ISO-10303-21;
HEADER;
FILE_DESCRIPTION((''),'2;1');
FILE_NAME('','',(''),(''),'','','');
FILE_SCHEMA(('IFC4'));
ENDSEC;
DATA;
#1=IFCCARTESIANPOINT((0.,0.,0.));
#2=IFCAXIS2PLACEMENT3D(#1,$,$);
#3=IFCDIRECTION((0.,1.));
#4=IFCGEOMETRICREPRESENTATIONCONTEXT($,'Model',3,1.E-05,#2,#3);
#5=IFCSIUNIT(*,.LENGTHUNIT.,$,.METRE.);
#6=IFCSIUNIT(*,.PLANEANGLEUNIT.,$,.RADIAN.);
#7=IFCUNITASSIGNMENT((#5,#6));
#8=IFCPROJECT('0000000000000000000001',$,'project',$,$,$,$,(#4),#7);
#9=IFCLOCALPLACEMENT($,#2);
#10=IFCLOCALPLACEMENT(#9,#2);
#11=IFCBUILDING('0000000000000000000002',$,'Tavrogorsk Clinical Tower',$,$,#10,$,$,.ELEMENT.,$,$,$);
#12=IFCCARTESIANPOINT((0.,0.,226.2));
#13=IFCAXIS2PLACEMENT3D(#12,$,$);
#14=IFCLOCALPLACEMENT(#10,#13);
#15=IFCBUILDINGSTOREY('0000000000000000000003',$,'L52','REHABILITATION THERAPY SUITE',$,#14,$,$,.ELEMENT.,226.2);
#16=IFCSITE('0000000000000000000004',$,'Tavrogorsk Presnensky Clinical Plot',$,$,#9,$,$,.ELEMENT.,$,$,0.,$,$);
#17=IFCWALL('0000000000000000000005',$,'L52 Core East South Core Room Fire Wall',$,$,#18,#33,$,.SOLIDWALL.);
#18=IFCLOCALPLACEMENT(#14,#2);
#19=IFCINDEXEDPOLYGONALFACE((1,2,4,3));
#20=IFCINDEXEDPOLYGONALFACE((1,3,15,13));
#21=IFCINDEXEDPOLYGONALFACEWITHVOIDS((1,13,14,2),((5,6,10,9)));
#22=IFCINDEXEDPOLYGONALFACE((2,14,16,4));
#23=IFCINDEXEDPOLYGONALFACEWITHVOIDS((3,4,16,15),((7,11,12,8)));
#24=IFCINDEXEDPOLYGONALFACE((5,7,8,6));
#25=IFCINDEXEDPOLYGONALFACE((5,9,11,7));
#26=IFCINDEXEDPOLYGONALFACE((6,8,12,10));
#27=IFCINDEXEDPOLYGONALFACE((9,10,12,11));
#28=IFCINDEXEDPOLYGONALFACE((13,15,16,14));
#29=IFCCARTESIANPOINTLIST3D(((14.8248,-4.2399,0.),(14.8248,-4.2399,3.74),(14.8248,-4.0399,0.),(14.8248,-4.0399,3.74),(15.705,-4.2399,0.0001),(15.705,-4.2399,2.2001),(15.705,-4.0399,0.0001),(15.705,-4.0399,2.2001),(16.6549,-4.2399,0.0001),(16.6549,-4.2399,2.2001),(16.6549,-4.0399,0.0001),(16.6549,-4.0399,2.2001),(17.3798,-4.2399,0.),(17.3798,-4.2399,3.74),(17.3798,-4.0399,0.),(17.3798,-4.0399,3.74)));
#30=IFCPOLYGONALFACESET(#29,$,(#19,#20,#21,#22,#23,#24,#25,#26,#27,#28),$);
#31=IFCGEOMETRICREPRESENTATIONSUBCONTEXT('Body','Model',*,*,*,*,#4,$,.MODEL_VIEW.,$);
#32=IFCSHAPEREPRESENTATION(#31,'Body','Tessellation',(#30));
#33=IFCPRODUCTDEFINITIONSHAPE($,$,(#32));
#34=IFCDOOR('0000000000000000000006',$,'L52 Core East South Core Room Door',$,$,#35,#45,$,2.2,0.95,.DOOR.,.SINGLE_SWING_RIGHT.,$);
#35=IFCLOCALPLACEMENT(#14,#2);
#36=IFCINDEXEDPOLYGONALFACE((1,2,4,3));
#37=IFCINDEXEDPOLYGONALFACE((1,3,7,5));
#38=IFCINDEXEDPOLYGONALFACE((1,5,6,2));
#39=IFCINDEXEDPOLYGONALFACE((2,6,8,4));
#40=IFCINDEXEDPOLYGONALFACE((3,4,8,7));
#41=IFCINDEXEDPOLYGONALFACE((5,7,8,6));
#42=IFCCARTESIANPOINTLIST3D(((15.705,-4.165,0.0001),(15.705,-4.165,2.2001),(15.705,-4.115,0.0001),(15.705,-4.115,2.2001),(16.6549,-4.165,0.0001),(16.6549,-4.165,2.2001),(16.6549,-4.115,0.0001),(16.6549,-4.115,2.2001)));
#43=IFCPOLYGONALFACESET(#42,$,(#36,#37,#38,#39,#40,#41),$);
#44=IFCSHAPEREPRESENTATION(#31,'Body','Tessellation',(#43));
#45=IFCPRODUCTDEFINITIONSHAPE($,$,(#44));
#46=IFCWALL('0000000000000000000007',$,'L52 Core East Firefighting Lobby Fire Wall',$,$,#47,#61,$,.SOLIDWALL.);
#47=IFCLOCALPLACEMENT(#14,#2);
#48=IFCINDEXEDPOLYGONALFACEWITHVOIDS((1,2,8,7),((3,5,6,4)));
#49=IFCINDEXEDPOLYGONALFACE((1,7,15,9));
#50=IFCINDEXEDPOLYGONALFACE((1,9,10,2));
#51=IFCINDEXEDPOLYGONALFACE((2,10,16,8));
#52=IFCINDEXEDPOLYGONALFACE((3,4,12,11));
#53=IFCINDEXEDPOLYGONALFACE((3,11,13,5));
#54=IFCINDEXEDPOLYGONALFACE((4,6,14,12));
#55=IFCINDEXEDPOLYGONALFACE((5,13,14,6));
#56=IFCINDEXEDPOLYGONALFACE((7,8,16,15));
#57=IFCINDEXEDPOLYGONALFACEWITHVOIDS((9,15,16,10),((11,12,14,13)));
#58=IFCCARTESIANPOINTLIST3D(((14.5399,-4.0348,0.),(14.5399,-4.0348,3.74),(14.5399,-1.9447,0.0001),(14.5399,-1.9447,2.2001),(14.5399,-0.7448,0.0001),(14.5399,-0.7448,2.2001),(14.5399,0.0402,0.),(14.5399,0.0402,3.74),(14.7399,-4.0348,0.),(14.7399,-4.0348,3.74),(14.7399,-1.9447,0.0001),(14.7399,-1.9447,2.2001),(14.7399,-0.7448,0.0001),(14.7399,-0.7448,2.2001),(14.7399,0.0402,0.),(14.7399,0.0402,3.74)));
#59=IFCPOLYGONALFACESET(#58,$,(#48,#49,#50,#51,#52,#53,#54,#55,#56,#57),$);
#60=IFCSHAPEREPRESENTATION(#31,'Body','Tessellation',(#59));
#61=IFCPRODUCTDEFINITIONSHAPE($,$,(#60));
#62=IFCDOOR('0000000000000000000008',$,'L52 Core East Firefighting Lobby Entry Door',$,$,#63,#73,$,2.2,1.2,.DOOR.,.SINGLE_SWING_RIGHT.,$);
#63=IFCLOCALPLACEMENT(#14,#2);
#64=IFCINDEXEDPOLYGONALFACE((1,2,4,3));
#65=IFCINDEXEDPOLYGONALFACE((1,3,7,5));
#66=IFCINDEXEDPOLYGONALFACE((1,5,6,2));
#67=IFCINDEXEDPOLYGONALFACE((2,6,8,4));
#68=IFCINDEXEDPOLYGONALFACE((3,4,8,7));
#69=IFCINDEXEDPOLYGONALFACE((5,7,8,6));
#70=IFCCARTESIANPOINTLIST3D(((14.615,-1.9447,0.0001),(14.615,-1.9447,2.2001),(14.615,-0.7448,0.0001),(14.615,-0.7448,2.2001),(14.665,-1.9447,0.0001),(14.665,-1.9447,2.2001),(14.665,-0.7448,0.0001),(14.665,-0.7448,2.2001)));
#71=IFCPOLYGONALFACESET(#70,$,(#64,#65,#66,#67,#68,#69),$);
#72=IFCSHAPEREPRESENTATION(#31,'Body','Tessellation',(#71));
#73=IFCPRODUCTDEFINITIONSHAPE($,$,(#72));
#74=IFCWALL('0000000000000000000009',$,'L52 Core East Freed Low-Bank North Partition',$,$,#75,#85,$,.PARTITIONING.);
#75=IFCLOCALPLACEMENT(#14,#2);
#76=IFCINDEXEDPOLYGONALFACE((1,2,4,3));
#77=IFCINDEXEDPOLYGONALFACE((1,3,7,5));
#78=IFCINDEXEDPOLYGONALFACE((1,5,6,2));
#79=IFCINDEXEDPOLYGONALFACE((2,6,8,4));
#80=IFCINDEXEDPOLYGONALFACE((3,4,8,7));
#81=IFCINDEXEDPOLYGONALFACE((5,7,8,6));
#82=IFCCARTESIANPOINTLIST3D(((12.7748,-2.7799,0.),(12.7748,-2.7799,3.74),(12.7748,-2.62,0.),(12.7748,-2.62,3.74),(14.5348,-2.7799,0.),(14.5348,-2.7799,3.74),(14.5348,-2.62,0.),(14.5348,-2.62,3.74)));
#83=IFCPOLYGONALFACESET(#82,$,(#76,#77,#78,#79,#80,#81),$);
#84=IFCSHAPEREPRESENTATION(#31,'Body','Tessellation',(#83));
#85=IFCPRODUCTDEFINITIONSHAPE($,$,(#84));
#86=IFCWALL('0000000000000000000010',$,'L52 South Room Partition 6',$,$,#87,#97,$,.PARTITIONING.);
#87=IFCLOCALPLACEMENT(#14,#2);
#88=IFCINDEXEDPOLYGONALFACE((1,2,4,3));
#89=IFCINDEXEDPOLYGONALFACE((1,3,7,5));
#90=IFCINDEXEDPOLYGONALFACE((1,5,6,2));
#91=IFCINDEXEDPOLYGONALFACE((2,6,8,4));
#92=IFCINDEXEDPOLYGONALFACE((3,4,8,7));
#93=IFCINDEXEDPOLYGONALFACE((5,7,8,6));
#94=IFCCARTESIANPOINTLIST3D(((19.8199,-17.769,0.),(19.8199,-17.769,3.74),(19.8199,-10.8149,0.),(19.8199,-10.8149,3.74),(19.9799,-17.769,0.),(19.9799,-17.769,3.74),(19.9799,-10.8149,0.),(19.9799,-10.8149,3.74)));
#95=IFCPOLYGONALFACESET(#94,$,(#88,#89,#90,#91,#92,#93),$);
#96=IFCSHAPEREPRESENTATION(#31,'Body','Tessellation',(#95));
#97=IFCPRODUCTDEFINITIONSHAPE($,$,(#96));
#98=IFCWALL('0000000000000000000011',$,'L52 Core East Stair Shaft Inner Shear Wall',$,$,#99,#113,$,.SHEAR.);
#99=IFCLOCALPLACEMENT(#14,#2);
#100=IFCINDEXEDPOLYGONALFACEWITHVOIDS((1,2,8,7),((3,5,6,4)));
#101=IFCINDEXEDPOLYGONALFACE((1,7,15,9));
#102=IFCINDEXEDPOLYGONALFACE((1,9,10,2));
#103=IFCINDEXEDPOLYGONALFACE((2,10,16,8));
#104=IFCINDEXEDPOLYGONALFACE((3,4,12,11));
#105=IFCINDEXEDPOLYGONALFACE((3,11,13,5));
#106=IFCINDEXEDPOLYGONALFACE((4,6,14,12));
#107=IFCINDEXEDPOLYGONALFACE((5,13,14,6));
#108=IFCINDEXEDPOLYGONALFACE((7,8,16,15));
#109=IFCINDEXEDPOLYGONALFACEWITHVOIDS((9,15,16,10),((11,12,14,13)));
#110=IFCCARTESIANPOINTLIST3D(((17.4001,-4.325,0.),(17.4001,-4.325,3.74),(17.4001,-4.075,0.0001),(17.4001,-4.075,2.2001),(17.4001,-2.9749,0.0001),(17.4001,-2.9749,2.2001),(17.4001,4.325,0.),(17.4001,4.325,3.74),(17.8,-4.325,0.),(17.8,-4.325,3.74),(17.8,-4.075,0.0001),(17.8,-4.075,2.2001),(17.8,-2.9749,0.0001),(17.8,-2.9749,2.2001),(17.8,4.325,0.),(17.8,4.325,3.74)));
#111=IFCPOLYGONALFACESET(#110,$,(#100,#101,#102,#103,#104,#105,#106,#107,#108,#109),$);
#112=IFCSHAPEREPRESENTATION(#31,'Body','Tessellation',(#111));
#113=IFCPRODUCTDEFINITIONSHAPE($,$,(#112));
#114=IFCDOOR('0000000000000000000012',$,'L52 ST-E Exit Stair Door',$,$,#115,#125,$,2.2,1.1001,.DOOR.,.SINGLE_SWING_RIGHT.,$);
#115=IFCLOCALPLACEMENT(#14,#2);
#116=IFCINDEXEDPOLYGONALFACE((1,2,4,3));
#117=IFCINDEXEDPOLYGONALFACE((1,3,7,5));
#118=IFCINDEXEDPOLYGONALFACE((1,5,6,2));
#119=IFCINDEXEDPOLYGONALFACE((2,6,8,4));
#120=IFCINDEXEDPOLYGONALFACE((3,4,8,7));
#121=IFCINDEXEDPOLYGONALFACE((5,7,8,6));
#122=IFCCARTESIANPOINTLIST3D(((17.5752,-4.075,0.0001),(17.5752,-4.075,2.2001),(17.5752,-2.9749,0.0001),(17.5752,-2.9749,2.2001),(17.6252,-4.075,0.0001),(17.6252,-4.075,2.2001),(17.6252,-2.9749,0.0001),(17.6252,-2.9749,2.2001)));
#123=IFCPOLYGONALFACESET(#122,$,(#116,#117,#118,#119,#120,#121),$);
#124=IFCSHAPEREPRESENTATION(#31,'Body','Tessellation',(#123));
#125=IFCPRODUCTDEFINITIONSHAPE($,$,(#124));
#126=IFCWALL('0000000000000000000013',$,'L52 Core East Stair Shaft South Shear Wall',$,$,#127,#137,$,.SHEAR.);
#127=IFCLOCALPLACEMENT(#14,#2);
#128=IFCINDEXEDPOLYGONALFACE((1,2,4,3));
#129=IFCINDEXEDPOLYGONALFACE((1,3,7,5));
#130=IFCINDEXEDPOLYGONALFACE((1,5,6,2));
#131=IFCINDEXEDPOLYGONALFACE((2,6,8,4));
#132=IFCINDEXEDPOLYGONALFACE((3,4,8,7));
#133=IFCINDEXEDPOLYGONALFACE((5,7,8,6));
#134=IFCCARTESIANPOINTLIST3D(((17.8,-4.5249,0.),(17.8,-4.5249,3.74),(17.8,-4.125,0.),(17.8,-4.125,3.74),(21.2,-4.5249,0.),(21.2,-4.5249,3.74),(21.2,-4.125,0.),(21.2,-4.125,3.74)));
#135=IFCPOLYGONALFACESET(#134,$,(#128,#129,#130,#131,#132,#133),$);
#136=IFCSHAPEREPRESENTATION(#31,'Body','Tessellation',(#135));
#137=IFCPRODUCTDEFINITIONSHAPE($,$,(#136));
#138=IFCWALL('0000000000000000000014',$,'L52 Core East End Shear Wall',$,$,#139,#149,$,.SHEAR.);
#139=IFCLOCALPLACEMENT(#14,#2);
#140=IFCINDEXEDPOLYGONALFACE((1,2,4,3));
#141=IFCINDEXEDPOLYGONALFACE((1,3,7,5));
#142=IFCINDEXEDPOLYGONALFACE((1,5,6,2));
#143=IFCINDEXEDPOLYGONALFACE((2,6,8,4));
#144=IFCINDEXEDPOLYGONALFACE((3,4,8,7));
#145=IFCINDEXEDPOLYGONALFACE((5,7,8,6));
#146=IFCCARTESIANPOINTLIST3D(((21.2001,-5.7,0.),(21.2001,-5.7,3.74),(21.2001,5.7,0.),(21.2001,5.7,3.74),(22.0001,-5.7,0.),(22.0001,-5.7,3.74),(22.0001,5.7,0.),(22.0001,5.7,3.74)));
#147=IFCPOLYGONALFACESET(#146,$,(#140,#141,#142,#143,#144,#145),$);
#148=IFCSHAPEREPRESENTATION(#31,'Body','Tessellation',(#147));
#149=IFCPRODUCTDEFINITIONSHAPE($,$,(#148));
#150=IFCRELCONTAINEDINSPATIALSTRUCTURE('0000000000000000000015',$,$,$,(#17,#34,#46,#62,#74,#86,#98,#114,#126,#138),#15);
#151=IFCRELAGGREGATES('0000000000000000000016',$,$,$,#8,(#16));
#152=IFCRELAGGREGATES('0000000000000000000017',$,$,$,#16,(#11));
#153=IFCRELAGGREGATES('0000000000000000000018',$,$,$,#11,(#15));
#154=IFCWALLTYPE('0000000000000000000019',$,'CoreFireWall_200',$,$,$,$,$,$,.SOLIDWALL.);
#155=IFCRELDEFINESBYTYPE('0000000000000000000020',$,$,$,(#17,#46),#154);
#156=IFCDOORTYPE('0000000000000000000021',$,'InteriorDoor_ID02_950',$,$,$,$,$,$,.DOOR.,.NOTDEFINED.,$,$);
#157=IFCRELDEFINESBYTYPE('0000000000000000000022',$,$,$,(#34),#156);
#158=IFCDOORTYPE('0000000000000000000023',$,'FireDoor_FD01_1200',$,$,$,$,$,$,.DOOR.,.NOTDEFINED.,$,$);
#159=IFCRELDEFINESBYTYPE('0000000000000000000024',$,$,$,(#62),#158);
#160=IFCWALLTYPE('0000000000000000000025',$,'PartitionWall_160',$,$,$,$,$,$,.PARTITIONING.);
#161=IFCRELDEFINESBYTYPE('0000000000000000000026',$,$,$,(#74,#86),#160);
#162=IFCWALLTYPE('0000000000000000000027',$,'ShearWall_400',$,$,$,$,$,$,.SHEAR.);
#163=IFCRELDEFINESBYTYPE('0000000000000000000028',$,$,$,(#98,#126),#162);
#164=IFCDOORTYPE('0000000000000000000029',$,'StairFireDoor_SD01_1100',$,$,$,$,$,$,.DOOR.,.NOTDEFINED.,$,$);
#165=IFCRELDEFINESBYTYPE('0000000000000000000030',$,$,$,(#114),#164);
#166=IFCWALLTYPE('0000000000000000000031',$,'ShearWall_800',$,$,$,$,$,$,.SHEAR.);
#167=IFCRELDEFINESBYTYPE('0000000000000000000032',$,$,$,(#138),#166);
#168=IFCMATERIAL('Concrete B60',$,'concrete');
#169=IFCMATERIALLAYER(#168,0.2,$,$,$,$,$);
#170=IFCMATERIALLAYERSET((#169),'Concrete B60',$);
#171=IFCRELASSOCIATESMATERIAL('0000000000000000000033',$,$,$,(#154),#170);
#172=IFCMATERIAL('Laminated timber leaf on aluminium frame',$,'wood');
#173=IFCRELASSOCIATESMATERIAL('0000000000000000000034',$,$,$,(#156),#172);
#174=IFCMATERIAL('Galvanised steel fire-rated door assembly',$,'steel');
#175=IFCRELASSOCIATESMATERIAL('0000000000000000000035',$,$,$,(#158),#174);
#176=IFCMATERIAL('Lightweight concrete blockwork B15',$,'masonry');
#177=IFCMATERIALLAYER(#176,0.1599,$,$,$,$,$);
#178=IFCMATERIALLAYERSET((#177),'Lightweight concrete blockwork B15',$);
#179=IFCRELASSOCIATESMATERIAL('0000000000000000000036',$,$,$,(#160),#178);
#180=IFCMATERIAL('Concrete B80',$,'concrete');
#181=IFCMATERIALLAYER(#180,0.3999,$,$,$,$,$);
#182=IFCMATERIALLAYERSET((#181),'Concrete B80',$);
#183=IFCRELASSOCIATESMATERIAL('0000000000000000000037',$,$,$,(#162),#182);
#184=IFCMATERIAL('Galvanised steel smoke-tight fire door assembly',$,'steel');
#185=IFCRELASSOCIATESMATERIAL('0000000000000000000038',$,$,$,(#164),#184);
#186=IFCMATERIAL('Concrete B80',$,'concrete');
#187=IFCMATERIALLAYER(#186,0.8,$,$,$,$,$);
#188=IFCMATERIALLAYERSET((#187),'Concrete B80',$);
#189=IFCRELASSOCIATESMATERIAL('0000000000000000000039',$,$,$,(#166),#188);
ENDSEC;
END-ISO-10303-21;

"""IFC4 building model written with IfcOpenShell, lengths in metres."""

from ifc_helpers import new_model, si_unit, direction, frame, frame_2d, origin, place, context, subcontext, project, spatial, rectangle, extrude, material, layer, layer_set, type_object, element, fill, save


model = new_model("IFC4")

# Units and contexts
model_context = context("Model", 3, precision=1e-05, world=origin(), true_north=direction((0.0, 1.0)))
body_context = subcontext(model_context, "Body", "Model", "MODEL_VIEW")
ifc_project = project(units=[si_unit("LENGTHUNIT", "METRE"), si_unit("PLANEANGLEUNIT", "RADIAN")], contexts=[model_context])

# Site, building, storey
site_placement = place(None, origin())
site = spatial("IfcSite", under=ifc_project, at=site_placement, Name="Tavrogorsk Presnensky Clinical Plot", CompositionType="ELEMENT", RefElevation=0.0)
building_placement = place(site_placement, origin())
building = spatial("IfcBuilding", under=site, at=building_placement, Name="Tavrogorsk Clinical Tower", CompositionType="ELEMENT")
storey_placement = place(building_placement, frame((0.0, 0.0, 226.2)))
storey = spatial("IfcBuildingStorey", under=building, at=storey_placement, Name="L52", Description="REHABILITATION THERAPY SUITE", CompositionType="ELEMENT", Elevation=226.2)

# Walls, openings, doors
ifc_material_1 = material(Name="Concrete B60", Category="concrete")
ifc_layer_1 = layer(ifc_material_1, 0.2)
ifc_layer_set_1 = layer_set([ifc_layer_1], Name="Concrete B60")
wall_type_1 = type_object("IfcWallType", Name="CoreFireWall_200", PredefinedType="SOLIDWALL", material=ifc_layer_set_1)
wall_1_placement = place(storey_placement, frame((14.825, -4.1399, 0.0), z_axis=(0.0, 0.0, 1.0), x_axis=(1.0, 0.0, 0.0)))
wall_1 = element("IfcWall", 1, at=wall_1_placement, inside=storey, type_object=wall_type_1, Name="L52 Core East South Core Room Fire Wall", PredefinedType="SOLIDWALL", context=body_context, shape_type="SweptSolid", body=[
    extrude(rectangle(XDim=2.5549, YDim=0.2, at=frame_2d((1.2773, 0.0))), origin(), (0.0, 0.0, 1.0), 3.74),
])
opening_1_placement = place(wall_1_placement, frame((0.8799, 0.0, 0.0)))
opening_1 = element("IfcOpeningElement", 2, at=opening_1_placement, cuts=wall_1, PredefinedType="OPENING", context=body_context, shape_type="SweptSolid", body=[
    extrude(rectangle(XDim=0.95, YDim=2.2, at=frame_2d((0.4751, 1.1001))), frame((0.0, 0.1099, 0.0), z_axis=(0.0, -1.0, 0.0), x_axis=(1.0, 0.0, 0.0)), (0.0, 0.0, 1.0), 0.22),
])
ifc_material_2 = material(Name="Laminated timber leaf on aluminium frame", Category="wood")
door_type_1 = type_object("IfcDoorType", Name="InteriorDoor_ID02_950", OperationType="NOTDEFINED", PredefinedType="DOOR", material=ifc_material_2)
door_1_placement = place(opening_1_placement, origin())
door_1 = element("IfcDoor", 3, at=door_1_placement, inside=storey, type_object=door_type_1, Name="L52 Core East South Core Room Door", OperationType="SINGLE_SWING_RIGHT", OverallHeight=2.2, OverallWidth=0.95, PredefinedType="DOOR", context=body_context, shape_type="SweptSolid", body=[
    extrude(rectangle(XDim=0.95, YDim=2.2, at=frame_2d((0.4751, 1.1001))), frame((0.0, 0.0249, 0.0), z_axis=(0.0, -1.0, 0.0), x_axis=(1.0, 0.0, 0.0)), (0.0, 0.0, 1.0), 0.05),
])
fill(opening_1, door_1)
wall_2_placement = place(storey_placement, frame((14.6399, -4.0349, 0.0), z_axis=(0.0, 0.0, 1.0), x_axis=(0.0, 1.0, 0.0)))
wall_2 = element("IfcWall", 4, at=wall_2_placement, inside=storey, type_object=wall_type_1, Name="L52 Core East Firefighting Lobby Fire Wall", PredefinedType="SOLIDWALL", context=body_context, shape_type="SweptSolid", body=[
    extrude(rectangle(XDim=4.075, YDim=0.2, at=frame_2d((2.0376, 0.0))), origin(), (0.0, 0.0, 1.0), 3.74),
])
opening_2_placement = place(wall_2_placement, frame((2.0901, 0.0, 0.0)))
opening_2 = element("IfcOpeningElement", 5, at=opening_2_placement, cuts=wall_2, PredefinedType="OPENING", context=body_context, shape_type="SweptSolid", body=[
    extrude(rectangle(XDim=1.2, YDim=2.2, at=frame_2d((0.6001, 1.1001))), frame((0.0, 0.1099, 0.0), z_axis=(0.0, -1.0, 0.0), x_axis=(1.0, 0.0, 0.0)), (0.0, 0.0, 1.0), 0.22),
])
ifc_material_3 = material(Name="Galvanised steel fire-rated door assembly", Category="steel")
door_type_2 = type_object("IfcDoorType", Name="FireDoor_FD01_1200", OperationType="NOTDEFINED", PredefinedType="DOOR", material=ifc_material_3)
door_2_placement = place(opening_2_placement, origin())
door_2 = element("IfcDoor", 6, at=door_2_placement, inside=storey, type_object=door_type_2, Name="L52 Core East Firefighting Lobby Entry Door", OperationType="SINGLE_SWING_RIGHT", OverallHeight=2.2, OverallWidth=1.2, PredefinedType="DOOR", context=body_context, shape_type="SweptSolid", body=[
    extrude(rectangle(XDim=1.2, YDim=2.2, at=frame_2d((0.6001, 1.1001))), frame((0.0, 0.0249, 0.0), z_axis=(0.0, -1.0, 0.0), x_axis=(1.0, 0.0, 0.0)), (0.0, 0.0, 1.0), 0.05),
])
fill(opening_2, door_2)

# Walls
ifc_material_4 = material(Name="Lightweight concrete blockwork B15", Category="masonry")
ifc_layer_2 = layer(ifc_material_4, 0.1599)
ifc_layer_set_2 = layer_set([ifc_layer_2], Name="Lightweight concrete blockwork B15")
wall_type_2 = type_object("IfcWallType", Name="PartitionWall_160", PredefinedType="PARTITIONING", material=ifc_layer_set_2)
wall_3_placement = place(storey_placement, frame((12.7749, -2.7, 0.0), z_axis=(0.0, 0.0, 1.0), x_axis=(1.0, 0.0, 0.0)))
element("IfcWall", 7, at=wall_3_placement, inside=storey, type_object=wall_type_2, Name="L52 Core East Freed Low-Bank North Partition", PredefinedType="PARTITIONING", context=body_context, shape_type="SweptSolid", body=[
    extrude(rectangle(XDim=1.76, YDim=0.1599, at=frame_2d((0.8799, 0.0))), origin(), (0.0, 0.0, 1.0), 3.74),
])
wall_4_placement = place(storey_placement, frame((19.8999, -17.769, 0.0), z_axis=(0.0, 0.0, 1.0), x_axis=(0.0, 1.0, 0.0)))
element("IfcWall", 8, at=wall_4_placement, inside=storey, type_object=wall_type_2, Name="L52 South Room Partition 6", PredefinedType="PARTITIONING", context=body_context, shape_type="SweptSolid", body=[
    extrude(rectangle(XDim=6.9541, YDim=0.1599, at=frame_2d((3.4771, 0.0))), origin(), (0.0, 0.0, 1.0), 3.74),
])

# Wall, opening, door
ifc_material_5 = material(Name="Concrete B80", Category="concrete")
ifc_layer_3 = layer(ifc_material_5, 0.3999)
ifc_layer_set_3 = layer_set([ifc_layer_3], Name="Concrete B80")
wall_type_3 = type_object("IfcWallType", Name="ShearWall_400", PredefinedType="SHEAR", material=ifc_layer_set_3)
wall_5_placement = place(storey_placement, frame((17.6001, -4.325, 0.0), z_axis=(0.0, 0.0, 1.0), x_axis=(0.0, 1.0, 0.0)))
wall_5 = element("IfcWall", 9, at=wall_5_placement, inside=storey, type_object=wall_type_3, Name="L52 Core East Stair Shaft Inner Shear Wall", PredefinedType="SHEAR", context=body_context, shape_type="SweptSolid", body=[
    extrude(rectangle(XDim=8.6499, YDim=0.3999, at=frame_2d((4.325, 0.0))), origin(), (0.0, 0.0, 1.0), 3.74),
])
opening_3_placement = place(wall_5_placement, frame((0.25, 0.0, 0.0)))
opening_3 = element("IfcOpeningElement", 10, at=opening_3_placement, cuts=wall_5, PredefinedType="OPENING", context=body_context, shape_type="SweptSolid", body=[
    extrude(rectangle(XDim=1.1001, YDim=2.2, at=frame_2d((0.55, 1.1001))), frame((0.0, 0.21, 0.0), z_axis=(0.0, -1.0, 0.0), x_axis=(1.0, 0.0, 0.0)), (0.0, 0.0, 1.0), 0.4199),
])
ifc_material_6 = material(Name="Galvanised steel smoke-tight fire door assembly", Category="steel")
door_type_3 = type_object("IfcDoorType", Name="StairFireDoor_SD01_1100", OperationType="NOTDEFINED", PredefinedType="DOOR", material=ifc_material_6)
door_3_placement = place(opening_3_placement, origin())
door_3 = element("IfcDoor", 11, at=door_3_placement, inside=storey, type_object=door_type_3, Name="L52 ST-E Exit Stair Door", OperationType="SINGLE_SWING_RIGHT", OverallHeight=2.2, OverallWidth=1.1001, PredefinedType="DOOR", context=body_context, shape_type="SweptSolid", body=[
    extrude(rectangle(XDim=1.1001, YDim=2.2, at=frame_2d((0.55, 1.1001))), frame((0.0, 0.0249, 0.0), z_axis=(0.0, -1.0, 0.0), x_axis=(1.0, 0.0, 0.0)), (0.0, 0.0, 1.0), 0.05),
])
fill(opening_3, door_3)

# Walls
wall_6_placement = place(storey_placement, frame((17.8, -4.325, 0.0), z_axis=(0.0, 0.0, 1.0), x_axis=(1.0, 0.0, 0.0)))
element("IfcWall", 12, at=wall_6_placement, inside=storey, type_object=wall_type_3, Name="L52 Core East Stair Shaft South Shear Wall", PredefinedType="SHEAR", context=body_context, shape_type="SweptSolid", body=[
    extrude(rectangle(XDim=3.3999, YDim=0.3999, at=frame_2d((1.7, 0.0))), origin(), (0.0, 0.0, 1.0), 3.74),
])
ifc_material_7 = material(Name="Concrete B80", Category="concrete")
ifc_layer_4 = layer(ifc_material_7, 0.8)
ifc_layer_set_4 = layer_set([ifc_layer_4], Name="Concrete B80")
wall_type_4 = type_object("IfcWallType", Name="ShearWall_800", PredefinedType="SHEAR", material=ifc_layer_set_4)
wall_7_placement = place(storey_placement, frame((21.6001, -5.7, 0.0), z_axis=(0.0, 0.0, 1.0), x_axis=(0.0, 1.0, 0.0)))
element("IfcWall", 13, at=wall_7_placement, inside=storey, type_object=wall_type_4, Name="L52 Core East End Shear Wall", PredefinedType="SHEAR", context=body_context, shape_type="SweptSolid", body=[
    extrude(rectangle(XDim=11.3999, YDim=0.8, at=frame_2d((5.7, 0.0))), origin(), (0.0, 0.0, 1.0), 3.74),
])

save(model, "model.ifc")
